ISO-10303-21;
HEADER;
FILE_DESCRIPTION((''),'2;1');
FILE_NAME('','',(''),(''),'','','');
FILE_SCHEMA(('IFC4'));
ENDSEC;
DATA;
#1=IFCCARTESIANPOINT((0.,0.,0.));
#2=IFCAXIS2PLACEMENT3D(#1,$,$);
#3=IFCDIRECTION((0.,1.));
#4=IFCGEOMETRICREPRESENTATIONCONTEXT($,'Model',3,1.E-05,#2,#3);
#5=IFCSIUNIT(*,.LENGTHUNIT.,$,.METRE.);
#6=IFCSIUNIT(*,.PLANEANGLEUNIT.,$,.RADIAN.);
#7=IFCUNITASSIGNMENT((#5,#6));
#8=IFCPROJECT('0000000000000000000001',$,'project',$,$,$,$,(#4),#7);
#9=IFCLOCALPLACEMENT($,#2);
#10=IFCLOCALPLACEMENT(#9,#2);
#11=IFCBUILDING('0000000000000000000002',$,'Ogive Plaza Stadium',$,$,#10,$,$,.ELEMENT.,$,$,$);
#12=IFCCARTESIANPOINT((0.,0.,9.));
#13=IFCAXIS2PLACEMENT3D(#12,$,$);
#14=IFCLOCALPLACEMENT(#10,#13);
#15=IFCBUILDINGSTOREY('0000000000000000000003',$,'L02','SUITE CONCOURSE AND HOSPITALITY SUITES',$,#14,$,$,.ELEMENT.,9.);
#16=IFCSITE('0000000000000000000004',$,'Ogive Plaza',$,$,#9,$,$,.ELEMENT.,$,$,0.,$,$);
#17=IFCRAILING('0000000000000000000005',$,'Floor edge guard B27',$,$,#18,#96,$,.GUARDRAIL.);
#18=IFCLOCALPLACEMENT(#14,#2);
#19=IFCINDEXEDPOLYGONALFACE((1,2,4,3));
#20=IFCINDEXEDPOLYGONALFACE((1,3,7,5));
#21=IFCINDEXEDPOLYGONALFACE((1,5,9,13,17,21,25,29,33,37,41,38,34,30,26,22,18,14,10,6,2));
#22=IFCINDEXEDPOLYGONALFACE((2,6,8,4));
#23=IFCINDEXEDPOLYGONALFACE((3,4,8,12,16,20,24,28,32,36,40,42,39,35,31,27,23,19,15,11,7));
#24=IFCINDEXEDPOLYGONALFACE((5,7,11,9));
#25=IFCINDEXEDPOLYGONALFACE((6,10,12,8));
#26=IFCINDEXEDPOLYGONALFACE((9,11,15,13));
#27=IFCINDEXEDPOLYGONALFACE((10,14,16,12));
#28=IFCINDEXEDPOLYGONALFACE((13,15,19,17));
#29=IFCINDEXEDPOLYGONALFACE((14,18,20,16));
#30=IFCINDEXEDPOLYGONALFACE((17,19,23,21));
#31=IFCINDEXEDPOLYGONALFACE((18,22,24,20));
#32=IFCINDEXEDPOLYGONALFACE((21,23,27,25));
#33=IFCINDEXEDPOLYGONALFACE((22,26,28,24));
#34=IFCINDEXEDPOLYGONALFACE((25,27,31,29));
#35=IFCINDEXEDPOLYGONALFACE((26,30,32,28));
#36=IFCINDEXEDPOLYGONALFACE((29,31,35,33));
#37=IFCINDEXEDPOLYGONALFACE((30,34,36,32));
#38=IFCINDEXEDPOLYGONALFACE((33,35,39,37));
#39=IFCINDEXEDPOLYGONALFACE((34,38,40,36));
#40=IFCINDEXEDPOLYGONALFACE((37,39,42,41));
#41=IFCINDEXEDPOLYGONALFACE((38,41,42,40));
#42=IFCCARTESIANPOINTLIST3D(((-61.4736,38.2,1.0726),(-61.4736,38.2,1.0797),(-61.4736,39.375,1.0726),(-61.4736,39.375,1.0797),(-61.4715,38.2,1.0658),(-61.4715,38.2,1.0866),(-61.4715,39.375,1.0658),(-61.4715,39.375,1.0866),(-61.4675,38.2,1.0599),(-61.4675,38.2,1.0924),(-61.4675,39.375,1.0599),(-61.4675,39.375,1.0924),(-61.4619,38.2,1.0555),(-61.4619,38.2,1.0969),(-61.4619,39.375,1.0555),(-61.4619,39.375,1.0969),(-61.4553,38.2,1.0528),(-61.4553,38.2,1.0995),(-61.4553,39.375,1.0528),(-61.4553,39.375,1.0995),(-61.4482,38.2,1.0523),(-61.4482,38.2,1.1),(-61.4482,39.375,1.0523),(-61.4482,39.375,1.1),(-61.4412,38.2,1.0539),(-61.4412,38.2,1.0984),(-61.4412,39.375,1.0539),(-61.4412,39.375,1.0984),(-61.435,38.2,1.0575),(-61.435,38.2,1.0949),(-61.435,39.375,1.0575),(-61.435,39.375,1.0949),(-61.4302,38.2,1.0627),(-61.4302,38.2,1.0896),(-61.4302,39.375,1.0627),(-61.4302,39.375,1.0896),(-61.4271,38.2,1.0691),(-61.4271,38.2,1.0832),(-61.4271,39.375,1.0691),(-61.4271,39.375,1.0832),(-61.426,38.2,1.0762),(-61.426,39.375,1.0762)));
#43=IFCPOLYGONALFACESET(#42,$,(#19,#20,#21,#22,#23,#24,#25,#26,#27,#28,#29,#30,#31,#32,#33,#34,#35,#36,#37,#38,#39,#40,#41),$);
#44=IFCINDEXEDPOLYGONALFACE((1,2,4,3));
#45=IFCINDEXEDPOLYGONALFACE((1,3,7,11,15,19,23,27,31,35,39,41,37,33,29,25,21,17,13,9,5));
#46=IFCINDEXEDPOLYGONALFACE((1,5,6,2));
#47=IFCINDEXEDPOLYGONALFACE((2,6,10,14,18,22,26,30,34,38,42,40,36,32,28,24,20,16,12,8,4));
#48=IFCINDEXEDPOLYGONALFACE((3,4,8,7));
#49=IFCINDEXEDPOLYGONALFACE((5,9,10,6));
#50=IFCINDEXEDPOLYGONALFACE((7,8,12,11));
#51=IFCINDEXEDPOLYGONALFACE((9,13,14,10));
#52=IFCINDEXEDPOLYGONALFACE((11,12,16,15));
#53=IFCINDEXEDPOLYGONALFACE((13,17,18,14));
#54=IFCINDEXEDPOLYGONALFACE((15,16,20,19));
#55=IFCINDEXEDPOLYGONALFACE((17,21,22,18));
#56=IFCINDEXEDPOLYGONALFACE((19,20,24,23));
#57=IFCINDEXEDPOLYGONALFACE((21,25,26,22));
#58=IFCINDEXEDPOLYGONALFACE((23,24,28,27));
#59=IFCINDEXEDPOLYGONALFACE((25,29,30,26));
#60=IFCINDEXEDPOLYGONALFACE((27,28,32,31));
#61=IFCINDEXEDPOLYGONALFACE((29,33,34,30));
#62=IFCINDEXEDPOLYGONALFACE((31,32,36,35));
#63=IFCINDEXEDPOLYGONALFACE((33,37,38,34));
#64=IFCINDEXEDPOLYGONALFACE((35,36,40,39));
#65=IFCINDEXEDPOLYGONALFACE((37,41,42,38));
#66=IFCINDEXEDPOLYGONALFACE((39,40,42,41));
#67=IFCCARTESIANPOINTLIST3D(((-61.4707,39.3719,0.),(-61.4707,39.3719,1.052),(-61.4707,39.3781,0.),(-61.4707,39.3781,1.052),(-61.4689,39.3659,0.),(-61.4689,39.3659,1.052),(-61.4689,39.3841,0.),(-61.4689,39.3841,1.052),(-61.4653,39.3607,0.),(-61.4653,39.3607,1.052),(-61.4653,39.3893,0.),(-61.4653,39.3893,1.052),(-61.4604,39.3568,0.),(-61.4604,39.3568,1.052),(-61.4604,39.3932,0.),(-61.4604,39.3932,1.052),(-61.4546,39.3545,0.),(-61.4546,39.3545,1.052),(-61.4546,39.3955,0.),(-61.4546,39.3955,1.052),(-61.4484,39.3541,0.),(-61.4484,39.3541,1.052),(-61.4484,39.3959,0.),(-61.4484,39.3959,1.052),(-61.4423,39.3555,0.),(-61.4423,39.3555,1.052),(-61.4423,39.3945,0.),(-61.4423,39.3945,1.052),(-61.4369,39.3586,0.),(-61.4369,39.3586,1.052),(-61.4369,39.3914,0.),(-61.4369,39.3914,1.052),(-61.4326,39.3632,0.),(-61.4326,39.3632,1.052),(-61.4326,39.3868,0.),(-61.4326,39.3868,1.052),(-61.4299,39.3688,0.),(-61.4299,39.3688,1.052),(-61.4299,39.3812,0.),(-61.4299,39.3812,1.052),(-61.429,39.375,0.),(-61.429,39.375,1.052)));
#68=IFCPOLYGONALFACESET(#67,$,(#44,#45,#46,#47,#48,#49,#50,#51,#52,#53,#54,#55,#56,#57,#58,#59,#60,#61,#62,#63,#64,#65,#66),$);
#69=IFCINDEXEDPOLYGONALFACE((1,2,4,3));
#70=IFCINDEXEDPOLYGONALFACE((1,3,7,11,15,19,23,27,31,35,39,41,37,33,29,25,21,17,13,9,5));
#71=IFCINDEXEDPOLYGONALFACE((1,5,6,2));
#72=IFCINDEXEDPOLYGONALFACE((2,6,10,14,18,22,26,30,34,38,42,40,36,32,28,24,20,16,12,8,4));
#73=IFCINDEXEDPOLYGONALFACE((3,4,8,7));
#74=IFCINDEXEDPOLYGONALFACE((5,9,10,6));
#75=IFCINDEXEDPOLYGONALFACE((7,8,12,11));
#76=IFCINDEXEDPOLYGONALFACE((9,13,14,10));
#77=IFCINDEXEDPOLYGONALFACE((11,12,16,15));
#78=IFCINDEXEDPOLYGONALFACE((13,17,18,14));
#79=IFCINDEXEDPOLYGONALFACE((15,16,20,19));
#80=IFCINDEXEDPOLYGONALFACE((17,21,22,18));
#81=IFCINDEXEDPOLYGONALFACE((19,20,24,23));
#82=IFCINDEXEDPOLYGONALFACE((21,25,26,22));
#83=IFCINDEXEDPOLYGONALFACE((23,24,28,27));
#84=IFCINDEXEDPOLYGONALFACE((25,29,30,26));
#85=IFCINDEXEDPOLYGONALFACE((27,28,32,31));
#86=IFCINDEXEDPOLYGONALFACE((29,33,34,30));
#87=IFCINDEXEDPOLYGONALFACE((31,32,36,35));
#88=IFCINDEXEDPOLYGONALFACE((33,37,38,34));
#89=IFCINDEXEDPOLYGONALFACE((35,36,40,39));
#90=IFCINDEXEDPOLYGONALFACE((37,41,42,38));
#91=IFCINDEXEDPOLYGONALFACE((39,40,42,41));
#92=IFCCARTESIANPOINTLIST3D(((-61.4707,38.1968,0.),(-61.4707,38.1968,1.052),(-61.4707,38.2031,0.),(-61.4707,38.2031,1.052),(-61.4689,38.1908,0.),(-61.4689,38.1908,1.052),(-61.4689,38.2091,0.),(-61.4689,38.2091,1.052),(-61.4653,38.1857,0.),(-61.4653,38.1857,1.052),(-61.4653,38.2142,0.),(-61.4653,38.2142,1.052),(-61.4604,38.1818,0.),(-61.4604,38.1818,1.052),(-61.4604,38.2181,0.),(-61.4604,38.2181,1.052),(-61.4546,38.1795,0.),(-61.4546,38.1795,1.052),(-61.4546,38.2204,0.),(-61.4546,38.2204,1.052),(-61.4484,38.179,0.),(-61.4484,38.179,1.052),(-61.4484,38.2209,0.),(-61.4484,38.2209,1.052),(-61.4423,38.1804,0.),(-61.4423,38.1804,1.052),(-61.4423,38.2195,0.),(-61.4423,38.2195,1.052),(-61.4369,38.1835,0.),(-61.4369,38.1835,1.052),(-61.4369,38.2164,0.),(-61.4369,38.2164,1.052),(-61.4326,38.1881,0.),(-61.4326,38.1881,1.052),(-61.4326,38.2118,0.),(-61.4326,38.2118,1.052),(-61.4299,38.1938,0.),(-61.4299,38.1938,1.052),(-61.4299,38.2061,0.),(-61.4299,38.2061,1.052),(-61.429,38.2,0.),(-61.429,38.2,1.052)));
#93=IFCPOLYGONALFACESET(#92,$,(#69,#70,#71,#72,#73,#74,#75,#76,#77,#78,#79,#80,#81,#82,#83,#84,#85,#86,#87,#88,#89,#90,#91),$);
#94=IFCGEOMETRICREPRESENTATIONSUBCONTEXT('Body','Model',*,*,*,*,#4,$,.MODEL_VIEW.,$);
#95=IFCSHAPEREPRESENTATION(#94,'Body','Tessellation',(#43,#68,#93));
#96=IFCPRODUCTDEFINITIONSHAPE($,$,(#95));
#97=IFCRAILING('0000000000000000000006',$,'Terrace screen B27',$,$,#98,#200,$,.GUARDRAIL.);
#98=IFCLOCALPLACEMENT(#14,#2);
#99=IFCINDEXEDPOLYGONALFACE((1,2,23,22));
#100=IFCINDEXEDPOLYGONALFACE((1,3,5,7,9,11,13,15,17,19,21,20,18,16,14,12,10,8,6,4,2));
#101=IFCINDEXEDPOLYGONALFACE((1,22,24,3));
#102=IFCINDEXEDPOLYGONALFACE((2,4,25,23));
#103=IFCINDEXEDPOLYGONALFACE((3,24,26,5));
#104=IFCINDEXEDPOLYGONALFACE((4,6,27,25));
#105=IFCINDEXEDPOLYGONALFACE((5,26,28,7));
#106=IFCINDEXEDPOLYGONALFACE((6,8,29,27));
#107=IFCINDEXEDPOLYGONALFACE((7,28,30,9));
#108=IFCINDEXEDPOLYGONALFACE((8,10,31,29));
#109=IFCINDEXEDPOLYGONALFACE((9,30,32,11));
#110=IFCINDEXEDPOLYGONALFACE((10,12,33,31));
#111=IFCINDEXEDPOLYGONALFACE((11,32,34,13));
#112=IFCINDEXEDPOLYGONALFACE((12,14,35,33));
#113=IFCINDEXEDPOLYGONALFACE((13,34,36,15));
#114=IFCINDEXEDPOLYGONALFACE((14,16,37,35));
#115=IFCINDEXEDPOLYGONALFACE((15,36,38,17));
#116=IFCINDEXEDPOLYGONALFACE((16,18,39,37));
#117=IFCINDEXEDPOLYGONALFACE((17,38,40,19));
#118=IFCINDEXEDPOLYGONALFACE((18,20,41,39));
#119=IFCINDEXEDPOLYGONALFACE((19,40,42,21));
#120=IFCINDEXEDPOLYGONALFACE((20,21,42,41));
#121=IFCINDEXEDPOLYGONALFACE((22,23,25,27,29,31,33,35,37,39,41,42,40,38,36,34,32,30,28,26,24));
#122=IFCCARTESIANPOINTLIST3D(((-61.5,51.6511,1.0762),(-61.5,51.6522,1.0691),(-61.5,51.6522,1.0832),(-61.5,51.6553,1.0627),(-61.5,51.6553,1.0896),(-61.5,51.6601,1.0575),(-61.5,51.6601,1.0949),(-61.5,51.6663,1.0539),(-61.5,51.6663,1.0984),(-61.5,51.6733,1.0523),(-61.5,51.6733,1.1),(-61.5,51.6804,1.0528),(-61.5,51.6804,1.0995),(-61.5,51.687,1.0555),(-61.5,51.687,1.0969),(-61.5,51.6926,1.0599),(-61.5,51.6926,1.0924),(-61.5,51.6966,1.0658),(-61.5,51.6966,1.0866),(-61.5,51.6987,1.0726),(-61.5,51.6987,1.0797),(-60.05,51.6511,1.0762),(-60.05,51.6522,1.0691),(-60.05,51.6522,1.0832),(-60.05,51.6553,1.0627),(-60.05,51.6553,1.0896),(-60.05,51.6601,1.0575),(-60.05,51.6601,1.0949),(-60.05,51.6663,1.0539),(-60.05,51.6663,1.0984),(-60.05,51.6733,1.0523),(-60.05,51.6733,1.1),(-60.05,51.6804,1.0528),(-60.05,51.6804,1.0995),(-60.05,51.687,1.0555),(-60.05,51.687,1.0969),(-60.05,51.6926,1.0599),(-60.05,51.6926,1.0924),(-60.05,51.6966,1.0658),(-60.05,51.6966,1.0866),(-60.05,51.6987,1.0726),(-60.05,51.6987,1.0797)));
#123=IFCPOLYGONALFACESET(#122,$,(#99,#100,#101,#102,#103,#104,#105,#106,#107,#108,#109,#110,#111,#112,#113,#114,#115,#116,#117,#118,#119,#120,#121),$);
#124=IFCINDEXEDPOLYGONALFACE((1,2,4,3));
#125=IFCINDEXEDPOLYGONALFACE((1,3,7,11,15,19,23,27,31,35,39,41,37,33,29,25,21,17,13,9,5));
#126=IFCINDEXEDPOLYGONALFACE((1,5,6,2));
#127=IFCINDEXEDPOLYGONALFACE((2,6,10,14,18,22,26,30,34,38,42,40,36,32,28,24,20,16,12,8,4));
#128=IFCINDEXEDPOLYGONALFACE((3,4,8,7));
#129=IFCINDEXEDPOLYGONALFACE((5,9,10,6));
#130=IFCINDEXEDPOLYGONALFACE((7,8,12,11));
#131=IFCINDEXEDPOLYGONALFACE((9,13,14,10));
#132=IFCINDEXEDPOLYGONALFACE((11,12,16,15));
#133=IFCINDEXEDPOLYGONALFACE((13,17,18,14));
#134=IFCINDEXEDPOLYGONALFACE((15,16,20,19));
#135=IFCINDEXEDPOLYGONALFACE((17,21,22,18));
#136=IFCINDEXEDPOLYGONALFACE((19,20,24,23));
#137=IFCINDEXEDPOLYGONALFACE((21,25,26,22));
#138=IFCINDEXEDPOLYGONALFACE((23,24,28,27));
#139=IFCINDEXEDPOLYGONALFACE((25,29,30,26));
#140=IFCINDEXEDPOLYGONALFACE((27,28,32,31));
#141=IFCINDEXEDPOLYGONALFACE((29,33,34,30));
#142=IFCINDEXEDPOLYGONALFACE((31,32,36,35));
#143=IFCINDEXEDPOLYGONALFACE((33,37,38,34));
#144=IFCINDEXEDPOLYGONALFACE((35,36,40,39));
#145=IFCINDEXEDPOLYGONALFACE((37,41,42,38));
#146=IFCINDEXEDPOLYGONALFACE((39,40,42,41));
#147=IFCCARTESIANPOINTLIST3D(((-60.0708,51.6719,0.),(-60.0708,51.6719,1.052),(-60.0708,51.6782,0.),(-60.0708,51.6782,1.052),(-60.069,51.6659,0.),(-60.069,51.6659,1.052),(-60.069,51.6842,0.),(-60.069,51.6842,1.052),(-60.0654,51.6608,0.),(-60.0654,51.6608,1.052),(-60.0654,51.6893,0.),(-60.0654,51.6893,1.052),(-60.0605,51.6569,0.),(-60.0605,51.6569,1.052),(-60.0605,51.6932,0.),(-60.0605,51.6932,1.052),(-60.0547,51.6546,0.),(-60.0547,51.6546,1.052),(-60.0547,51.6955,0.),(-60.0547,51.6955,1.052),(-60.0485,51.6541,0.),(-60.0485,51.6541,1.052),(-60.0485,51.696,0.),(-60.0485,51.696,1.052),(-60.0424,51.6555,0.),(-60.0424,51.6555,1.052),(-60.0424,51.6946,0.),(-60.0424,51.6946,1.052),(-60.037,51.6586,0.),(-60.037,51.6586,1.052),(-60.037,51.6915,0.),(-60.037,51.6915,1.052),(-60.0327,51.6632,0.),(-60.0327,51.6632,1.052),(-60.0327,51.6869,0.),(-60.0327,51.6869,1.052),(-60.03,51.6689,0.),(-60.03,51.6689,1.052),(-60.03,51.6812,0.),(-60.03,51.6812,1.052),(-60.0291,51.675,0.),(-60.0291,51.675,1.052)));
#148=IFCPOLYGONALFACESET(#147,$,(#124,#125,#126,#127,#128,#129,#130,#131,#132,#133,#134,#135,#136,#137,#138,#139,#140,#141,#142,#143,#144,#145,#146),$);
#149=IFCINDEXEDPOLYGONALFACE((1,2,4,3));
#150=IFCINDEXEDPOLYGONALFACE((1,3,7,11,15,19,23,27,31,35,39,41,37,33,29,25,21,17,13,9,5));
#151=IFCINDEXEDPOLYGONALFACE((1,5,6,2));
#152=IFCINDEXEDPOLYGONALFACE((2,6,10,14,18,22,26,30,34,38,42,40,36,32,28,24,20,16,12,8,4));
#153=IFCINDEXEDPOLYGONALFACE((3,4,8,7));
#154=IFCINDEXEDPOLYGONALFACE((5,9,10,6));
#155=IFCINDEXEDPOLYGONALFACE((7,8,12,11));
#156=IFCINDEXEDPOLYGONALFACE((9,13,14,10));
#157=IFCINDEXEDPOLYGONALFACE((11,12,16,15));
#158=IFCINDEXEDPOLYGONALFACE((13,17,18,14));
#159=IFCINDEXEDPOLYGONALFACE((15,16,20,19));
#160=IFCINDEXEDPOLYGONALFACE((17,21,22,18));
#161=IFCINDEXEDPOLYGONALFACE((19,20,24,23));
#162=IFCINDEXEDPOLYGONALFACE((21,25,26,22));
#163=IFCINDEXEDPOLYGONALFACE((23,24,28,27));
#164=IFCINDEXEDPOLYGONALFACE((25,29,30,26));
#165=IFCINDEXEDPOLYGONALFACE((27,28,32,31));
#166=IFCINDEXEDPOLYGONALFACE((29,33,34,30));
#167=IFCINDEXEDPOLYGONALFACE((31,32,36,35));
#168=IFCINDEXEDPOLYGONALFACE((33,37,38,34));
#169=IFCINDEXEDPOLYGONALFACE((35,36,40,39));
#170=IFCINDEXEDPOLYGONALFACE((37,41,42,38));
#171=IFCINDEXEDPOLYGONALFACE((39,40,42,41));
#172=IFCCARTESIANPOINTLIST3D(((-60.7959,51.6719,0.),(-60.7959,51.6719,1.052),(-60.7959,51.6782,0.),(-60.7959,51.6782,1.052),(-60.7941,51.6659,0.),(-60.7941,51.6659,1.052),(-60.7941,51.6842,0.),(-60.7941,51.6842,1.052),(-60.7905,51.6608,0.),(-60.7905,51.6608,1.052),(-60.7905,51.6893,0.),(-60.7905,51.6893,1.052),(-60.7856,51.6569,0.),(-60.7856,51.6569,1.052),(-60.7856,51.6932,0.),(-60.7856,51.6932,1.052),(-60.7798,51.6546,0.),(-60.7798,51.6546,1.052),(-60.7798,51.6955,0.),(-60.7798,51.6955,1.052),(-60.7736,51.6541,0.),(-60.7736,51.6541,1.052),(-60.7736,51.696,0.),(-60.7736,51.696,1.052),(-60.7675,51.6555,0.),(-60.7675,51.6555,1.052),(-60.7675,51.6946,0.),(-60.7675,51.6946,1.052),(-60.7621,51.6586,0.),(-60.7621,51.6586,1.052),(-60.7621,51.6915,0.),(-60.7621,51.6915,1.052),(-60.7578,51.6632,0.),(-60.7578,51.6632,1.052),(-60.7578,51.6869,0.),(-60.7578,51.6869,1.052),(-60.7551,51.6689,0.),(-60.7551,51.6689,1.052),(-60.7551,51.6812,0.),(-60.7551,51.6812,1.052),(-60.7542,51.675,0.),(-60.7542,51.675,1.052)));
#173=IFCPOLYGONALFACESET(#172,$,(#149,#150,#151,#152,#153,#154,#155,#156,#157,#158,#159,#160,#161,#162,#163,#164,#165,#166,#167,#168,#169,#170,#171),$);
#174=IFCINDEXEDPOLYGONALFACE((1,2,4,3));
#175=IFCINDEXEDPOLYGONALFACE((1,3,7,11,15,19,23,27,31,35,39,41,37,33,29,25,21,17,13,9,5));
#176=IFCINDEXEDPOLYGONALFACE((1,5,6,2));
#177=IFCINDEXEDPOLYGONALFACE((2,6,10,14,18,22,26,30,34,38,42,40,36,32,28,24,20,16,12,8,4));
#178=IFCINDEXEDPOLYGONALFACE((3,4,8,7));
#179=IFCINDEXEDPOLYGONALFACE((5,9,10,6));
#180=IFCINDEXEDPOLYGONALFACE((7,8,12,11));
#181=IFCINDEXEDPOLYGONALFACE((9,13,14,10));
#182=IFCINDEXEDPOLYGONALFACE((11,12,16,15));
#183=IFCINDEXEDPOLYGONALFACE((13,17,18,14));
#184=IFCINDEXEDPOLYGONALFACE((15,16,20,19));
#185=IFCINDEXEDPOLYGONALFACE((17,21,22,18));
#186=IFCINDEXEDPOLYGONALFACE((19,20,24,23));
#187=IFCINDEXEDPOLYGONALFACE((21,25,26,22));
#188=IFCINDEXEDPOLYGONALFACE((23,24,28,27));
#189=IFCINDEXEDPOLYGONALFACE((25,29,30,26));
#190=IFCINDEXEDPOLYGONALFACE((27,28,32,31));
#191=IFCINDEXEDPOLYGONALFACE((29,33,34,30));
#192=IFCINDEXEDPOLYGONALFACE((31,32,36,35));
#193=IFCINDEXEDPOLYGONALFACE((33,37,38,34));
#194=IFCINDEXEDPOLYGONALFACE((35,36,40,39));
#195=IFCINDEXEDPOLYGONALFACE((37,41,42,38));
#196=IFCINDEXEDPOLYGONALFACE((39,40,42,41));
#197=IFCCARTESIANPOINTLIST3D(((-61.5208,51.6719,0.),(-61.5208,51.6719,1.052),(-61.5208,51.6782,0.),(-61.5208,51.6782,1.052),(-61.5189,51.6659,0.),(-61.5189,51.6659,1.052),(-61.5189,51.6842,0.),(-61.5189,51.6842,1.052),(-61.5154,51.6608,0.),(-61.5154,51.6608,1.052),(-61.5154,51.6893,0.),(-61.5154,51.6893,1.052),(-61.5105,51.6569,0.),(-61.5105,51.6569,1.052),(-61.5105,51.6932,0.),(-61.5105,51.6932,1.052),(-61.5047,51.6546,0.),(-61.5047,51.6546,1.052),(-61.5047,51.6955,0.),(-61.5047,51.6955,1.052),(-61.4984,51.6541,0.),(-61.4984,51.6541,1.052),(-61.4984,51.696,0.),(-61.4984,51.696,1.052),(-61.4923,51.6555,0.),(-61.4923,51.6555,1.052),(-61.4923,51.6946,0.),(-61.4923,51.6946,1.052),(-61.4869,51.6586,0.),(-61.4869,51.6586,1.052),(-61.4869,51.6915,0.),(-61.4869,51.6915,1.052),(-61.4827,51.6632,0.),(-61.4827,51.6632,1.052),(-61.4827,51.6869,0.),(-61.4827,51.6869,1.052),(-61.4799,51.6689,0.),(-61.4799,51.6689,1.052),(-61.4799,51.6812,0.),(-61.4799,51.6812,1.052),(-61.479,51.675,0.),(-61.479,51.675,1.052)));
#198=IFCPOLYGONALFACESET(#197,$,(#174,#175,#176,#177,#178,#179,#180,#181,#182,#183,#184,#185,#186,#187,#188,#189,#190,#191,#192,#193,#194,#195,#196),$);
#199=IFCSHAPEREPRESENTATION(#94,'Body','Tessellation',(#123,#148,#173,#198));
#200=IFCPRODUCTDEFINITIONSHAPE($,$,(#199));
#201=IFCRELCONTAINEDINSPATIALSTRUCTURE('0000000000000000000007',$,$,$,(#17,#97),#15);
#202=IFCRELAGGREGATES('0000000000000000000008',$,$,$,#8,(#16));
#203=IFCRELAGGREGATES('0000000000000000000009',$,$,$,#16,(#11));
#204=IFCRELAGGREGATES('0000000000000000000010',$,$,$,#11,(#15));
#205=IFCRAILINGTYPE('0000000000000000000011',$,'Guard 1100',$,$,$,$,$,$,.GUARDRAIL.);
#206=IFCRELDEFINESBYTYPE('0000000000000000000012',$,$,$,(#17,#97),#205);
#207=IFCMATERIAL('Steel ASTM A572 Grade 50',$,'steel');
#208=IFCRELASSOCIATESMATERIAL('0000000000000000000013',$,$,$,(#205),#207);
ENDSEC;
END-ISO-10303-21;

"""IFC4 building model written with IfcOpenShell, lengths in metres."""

from ifc_helpers import new_model, si_unit, direction, frame, origin, origin_2d, place, context, subcontext, project, spatial, circle, extrude, material, type_object, element, save


model = new_model("IFC4")

# Units and contexts
model_context = context("Model", 3, precision=1e-05, world=origin(), true_north=direction((0.0, 1.0)))
body_context = subcontext(model_context, "Body", "Model", "MODEL_VIEW")
ifc_project = project(units=[si_unit("LENGTHUNIT", "METRE"), si_unit("PLANEANGLEUNIT", "RADIAN")], contexts=[model_context])

# Site, building, storey
site_placement = place(None, origin())
site = spatial("IfcSite", under=ifc_project, at=site_placement, Name="Ogive Plaza", CompositionType="ELEMENT", RefElevation=0.0)
building_placement = place(site_placement, origin())
building = spatial("IfcBuilding", under=site, at=building_placement, Name="Ogive Plaza Stadium", CompositionType="ELEMENT")
storey_placement = place(building_placement, frame((0.0, 0.0, 9.0)))
storey = spatial("IfcBuildingStorey", under=building, at=storey_placement, Name="L02", Description="SUITE CONCOURSE AND HOSPITALITY SUITES", CompositionType="ELEMENT", Elevation=9.0)

# Railings
ifc_material_1 = material(Name="Steel ASTM A572 Grade 50", Category="steel")
railing_type = type_object("IfcRailingType", Name="Guard 1100", PredefinedType="GUARDRAIL", material=ifc_material_1)
railing_1_placement = place(storey_placement, frame((-61.45, 39.375, 0.0)))
element("IfcRailing", 1, at=railing_1_placement, inside=storey, type_object=railing_type, Name="Floor edge guard B27", PredefinedType="GUARDRAIL", context=body_context, shape_type="SweptSolid", body=[
    extrude(circle(Radius=0.0239, at=origin_2d()), frame((0.0, 0.0, 1.0762), z_axis=(0.0, -1.0, 0.0), x_axis=(1.0, 0.0, 0.0)), (0.0, 0.0, 1.0), 1.175),
    extrude(circle(Radius=0.021, at=origin_2d()), origin(), (0.0, 0.0, 1.0), 1.052),
    extrude(circle(Radius=0.021, at=origin_2d()), frame((0.0, -1.175, 0.0)), (0.0, 0.0, 1.0), 1.052),
])
for number, where, name in (
    (2, (-60.05, 51.675, 0.0), "Terrace screen B27"),
):
    element("IfcRailing", number, at=place(storey_placement, frame(where)), inside=storey, type_object=railing_type, Name=name, PredefinedType="GUARDRAIL", context=body_context, shape_type="SweptSolid", body=[
        extrude(circle(Radius=0.0239, at=origin_2d()), frame((0.0, 0.0, 1.0762), z_axis=(-1.0, 0.0, 0.0), x_axis=(0.0, -1.0, 0.0)), (0.0, 0.0, 1.0), 1.45),
        extrude(circle(Radius=0.021, at=origin_2d()), origin(), (0.0, 0.0, 1.0), 1.052),
        extrude(circle(Radius=0.021, at=origin_2d()), frame((-0.7251, 0.0, 0.0)), (0.0, 0.0, 1.0), 1.052),
        extrude(circle(Radius=0.021, at=origin_2d()), frame((-1.45, 0.0, 0.0)), (0.0, 0.0, 1.0), 1.052),
    ])

save(model, "model.ifc")
